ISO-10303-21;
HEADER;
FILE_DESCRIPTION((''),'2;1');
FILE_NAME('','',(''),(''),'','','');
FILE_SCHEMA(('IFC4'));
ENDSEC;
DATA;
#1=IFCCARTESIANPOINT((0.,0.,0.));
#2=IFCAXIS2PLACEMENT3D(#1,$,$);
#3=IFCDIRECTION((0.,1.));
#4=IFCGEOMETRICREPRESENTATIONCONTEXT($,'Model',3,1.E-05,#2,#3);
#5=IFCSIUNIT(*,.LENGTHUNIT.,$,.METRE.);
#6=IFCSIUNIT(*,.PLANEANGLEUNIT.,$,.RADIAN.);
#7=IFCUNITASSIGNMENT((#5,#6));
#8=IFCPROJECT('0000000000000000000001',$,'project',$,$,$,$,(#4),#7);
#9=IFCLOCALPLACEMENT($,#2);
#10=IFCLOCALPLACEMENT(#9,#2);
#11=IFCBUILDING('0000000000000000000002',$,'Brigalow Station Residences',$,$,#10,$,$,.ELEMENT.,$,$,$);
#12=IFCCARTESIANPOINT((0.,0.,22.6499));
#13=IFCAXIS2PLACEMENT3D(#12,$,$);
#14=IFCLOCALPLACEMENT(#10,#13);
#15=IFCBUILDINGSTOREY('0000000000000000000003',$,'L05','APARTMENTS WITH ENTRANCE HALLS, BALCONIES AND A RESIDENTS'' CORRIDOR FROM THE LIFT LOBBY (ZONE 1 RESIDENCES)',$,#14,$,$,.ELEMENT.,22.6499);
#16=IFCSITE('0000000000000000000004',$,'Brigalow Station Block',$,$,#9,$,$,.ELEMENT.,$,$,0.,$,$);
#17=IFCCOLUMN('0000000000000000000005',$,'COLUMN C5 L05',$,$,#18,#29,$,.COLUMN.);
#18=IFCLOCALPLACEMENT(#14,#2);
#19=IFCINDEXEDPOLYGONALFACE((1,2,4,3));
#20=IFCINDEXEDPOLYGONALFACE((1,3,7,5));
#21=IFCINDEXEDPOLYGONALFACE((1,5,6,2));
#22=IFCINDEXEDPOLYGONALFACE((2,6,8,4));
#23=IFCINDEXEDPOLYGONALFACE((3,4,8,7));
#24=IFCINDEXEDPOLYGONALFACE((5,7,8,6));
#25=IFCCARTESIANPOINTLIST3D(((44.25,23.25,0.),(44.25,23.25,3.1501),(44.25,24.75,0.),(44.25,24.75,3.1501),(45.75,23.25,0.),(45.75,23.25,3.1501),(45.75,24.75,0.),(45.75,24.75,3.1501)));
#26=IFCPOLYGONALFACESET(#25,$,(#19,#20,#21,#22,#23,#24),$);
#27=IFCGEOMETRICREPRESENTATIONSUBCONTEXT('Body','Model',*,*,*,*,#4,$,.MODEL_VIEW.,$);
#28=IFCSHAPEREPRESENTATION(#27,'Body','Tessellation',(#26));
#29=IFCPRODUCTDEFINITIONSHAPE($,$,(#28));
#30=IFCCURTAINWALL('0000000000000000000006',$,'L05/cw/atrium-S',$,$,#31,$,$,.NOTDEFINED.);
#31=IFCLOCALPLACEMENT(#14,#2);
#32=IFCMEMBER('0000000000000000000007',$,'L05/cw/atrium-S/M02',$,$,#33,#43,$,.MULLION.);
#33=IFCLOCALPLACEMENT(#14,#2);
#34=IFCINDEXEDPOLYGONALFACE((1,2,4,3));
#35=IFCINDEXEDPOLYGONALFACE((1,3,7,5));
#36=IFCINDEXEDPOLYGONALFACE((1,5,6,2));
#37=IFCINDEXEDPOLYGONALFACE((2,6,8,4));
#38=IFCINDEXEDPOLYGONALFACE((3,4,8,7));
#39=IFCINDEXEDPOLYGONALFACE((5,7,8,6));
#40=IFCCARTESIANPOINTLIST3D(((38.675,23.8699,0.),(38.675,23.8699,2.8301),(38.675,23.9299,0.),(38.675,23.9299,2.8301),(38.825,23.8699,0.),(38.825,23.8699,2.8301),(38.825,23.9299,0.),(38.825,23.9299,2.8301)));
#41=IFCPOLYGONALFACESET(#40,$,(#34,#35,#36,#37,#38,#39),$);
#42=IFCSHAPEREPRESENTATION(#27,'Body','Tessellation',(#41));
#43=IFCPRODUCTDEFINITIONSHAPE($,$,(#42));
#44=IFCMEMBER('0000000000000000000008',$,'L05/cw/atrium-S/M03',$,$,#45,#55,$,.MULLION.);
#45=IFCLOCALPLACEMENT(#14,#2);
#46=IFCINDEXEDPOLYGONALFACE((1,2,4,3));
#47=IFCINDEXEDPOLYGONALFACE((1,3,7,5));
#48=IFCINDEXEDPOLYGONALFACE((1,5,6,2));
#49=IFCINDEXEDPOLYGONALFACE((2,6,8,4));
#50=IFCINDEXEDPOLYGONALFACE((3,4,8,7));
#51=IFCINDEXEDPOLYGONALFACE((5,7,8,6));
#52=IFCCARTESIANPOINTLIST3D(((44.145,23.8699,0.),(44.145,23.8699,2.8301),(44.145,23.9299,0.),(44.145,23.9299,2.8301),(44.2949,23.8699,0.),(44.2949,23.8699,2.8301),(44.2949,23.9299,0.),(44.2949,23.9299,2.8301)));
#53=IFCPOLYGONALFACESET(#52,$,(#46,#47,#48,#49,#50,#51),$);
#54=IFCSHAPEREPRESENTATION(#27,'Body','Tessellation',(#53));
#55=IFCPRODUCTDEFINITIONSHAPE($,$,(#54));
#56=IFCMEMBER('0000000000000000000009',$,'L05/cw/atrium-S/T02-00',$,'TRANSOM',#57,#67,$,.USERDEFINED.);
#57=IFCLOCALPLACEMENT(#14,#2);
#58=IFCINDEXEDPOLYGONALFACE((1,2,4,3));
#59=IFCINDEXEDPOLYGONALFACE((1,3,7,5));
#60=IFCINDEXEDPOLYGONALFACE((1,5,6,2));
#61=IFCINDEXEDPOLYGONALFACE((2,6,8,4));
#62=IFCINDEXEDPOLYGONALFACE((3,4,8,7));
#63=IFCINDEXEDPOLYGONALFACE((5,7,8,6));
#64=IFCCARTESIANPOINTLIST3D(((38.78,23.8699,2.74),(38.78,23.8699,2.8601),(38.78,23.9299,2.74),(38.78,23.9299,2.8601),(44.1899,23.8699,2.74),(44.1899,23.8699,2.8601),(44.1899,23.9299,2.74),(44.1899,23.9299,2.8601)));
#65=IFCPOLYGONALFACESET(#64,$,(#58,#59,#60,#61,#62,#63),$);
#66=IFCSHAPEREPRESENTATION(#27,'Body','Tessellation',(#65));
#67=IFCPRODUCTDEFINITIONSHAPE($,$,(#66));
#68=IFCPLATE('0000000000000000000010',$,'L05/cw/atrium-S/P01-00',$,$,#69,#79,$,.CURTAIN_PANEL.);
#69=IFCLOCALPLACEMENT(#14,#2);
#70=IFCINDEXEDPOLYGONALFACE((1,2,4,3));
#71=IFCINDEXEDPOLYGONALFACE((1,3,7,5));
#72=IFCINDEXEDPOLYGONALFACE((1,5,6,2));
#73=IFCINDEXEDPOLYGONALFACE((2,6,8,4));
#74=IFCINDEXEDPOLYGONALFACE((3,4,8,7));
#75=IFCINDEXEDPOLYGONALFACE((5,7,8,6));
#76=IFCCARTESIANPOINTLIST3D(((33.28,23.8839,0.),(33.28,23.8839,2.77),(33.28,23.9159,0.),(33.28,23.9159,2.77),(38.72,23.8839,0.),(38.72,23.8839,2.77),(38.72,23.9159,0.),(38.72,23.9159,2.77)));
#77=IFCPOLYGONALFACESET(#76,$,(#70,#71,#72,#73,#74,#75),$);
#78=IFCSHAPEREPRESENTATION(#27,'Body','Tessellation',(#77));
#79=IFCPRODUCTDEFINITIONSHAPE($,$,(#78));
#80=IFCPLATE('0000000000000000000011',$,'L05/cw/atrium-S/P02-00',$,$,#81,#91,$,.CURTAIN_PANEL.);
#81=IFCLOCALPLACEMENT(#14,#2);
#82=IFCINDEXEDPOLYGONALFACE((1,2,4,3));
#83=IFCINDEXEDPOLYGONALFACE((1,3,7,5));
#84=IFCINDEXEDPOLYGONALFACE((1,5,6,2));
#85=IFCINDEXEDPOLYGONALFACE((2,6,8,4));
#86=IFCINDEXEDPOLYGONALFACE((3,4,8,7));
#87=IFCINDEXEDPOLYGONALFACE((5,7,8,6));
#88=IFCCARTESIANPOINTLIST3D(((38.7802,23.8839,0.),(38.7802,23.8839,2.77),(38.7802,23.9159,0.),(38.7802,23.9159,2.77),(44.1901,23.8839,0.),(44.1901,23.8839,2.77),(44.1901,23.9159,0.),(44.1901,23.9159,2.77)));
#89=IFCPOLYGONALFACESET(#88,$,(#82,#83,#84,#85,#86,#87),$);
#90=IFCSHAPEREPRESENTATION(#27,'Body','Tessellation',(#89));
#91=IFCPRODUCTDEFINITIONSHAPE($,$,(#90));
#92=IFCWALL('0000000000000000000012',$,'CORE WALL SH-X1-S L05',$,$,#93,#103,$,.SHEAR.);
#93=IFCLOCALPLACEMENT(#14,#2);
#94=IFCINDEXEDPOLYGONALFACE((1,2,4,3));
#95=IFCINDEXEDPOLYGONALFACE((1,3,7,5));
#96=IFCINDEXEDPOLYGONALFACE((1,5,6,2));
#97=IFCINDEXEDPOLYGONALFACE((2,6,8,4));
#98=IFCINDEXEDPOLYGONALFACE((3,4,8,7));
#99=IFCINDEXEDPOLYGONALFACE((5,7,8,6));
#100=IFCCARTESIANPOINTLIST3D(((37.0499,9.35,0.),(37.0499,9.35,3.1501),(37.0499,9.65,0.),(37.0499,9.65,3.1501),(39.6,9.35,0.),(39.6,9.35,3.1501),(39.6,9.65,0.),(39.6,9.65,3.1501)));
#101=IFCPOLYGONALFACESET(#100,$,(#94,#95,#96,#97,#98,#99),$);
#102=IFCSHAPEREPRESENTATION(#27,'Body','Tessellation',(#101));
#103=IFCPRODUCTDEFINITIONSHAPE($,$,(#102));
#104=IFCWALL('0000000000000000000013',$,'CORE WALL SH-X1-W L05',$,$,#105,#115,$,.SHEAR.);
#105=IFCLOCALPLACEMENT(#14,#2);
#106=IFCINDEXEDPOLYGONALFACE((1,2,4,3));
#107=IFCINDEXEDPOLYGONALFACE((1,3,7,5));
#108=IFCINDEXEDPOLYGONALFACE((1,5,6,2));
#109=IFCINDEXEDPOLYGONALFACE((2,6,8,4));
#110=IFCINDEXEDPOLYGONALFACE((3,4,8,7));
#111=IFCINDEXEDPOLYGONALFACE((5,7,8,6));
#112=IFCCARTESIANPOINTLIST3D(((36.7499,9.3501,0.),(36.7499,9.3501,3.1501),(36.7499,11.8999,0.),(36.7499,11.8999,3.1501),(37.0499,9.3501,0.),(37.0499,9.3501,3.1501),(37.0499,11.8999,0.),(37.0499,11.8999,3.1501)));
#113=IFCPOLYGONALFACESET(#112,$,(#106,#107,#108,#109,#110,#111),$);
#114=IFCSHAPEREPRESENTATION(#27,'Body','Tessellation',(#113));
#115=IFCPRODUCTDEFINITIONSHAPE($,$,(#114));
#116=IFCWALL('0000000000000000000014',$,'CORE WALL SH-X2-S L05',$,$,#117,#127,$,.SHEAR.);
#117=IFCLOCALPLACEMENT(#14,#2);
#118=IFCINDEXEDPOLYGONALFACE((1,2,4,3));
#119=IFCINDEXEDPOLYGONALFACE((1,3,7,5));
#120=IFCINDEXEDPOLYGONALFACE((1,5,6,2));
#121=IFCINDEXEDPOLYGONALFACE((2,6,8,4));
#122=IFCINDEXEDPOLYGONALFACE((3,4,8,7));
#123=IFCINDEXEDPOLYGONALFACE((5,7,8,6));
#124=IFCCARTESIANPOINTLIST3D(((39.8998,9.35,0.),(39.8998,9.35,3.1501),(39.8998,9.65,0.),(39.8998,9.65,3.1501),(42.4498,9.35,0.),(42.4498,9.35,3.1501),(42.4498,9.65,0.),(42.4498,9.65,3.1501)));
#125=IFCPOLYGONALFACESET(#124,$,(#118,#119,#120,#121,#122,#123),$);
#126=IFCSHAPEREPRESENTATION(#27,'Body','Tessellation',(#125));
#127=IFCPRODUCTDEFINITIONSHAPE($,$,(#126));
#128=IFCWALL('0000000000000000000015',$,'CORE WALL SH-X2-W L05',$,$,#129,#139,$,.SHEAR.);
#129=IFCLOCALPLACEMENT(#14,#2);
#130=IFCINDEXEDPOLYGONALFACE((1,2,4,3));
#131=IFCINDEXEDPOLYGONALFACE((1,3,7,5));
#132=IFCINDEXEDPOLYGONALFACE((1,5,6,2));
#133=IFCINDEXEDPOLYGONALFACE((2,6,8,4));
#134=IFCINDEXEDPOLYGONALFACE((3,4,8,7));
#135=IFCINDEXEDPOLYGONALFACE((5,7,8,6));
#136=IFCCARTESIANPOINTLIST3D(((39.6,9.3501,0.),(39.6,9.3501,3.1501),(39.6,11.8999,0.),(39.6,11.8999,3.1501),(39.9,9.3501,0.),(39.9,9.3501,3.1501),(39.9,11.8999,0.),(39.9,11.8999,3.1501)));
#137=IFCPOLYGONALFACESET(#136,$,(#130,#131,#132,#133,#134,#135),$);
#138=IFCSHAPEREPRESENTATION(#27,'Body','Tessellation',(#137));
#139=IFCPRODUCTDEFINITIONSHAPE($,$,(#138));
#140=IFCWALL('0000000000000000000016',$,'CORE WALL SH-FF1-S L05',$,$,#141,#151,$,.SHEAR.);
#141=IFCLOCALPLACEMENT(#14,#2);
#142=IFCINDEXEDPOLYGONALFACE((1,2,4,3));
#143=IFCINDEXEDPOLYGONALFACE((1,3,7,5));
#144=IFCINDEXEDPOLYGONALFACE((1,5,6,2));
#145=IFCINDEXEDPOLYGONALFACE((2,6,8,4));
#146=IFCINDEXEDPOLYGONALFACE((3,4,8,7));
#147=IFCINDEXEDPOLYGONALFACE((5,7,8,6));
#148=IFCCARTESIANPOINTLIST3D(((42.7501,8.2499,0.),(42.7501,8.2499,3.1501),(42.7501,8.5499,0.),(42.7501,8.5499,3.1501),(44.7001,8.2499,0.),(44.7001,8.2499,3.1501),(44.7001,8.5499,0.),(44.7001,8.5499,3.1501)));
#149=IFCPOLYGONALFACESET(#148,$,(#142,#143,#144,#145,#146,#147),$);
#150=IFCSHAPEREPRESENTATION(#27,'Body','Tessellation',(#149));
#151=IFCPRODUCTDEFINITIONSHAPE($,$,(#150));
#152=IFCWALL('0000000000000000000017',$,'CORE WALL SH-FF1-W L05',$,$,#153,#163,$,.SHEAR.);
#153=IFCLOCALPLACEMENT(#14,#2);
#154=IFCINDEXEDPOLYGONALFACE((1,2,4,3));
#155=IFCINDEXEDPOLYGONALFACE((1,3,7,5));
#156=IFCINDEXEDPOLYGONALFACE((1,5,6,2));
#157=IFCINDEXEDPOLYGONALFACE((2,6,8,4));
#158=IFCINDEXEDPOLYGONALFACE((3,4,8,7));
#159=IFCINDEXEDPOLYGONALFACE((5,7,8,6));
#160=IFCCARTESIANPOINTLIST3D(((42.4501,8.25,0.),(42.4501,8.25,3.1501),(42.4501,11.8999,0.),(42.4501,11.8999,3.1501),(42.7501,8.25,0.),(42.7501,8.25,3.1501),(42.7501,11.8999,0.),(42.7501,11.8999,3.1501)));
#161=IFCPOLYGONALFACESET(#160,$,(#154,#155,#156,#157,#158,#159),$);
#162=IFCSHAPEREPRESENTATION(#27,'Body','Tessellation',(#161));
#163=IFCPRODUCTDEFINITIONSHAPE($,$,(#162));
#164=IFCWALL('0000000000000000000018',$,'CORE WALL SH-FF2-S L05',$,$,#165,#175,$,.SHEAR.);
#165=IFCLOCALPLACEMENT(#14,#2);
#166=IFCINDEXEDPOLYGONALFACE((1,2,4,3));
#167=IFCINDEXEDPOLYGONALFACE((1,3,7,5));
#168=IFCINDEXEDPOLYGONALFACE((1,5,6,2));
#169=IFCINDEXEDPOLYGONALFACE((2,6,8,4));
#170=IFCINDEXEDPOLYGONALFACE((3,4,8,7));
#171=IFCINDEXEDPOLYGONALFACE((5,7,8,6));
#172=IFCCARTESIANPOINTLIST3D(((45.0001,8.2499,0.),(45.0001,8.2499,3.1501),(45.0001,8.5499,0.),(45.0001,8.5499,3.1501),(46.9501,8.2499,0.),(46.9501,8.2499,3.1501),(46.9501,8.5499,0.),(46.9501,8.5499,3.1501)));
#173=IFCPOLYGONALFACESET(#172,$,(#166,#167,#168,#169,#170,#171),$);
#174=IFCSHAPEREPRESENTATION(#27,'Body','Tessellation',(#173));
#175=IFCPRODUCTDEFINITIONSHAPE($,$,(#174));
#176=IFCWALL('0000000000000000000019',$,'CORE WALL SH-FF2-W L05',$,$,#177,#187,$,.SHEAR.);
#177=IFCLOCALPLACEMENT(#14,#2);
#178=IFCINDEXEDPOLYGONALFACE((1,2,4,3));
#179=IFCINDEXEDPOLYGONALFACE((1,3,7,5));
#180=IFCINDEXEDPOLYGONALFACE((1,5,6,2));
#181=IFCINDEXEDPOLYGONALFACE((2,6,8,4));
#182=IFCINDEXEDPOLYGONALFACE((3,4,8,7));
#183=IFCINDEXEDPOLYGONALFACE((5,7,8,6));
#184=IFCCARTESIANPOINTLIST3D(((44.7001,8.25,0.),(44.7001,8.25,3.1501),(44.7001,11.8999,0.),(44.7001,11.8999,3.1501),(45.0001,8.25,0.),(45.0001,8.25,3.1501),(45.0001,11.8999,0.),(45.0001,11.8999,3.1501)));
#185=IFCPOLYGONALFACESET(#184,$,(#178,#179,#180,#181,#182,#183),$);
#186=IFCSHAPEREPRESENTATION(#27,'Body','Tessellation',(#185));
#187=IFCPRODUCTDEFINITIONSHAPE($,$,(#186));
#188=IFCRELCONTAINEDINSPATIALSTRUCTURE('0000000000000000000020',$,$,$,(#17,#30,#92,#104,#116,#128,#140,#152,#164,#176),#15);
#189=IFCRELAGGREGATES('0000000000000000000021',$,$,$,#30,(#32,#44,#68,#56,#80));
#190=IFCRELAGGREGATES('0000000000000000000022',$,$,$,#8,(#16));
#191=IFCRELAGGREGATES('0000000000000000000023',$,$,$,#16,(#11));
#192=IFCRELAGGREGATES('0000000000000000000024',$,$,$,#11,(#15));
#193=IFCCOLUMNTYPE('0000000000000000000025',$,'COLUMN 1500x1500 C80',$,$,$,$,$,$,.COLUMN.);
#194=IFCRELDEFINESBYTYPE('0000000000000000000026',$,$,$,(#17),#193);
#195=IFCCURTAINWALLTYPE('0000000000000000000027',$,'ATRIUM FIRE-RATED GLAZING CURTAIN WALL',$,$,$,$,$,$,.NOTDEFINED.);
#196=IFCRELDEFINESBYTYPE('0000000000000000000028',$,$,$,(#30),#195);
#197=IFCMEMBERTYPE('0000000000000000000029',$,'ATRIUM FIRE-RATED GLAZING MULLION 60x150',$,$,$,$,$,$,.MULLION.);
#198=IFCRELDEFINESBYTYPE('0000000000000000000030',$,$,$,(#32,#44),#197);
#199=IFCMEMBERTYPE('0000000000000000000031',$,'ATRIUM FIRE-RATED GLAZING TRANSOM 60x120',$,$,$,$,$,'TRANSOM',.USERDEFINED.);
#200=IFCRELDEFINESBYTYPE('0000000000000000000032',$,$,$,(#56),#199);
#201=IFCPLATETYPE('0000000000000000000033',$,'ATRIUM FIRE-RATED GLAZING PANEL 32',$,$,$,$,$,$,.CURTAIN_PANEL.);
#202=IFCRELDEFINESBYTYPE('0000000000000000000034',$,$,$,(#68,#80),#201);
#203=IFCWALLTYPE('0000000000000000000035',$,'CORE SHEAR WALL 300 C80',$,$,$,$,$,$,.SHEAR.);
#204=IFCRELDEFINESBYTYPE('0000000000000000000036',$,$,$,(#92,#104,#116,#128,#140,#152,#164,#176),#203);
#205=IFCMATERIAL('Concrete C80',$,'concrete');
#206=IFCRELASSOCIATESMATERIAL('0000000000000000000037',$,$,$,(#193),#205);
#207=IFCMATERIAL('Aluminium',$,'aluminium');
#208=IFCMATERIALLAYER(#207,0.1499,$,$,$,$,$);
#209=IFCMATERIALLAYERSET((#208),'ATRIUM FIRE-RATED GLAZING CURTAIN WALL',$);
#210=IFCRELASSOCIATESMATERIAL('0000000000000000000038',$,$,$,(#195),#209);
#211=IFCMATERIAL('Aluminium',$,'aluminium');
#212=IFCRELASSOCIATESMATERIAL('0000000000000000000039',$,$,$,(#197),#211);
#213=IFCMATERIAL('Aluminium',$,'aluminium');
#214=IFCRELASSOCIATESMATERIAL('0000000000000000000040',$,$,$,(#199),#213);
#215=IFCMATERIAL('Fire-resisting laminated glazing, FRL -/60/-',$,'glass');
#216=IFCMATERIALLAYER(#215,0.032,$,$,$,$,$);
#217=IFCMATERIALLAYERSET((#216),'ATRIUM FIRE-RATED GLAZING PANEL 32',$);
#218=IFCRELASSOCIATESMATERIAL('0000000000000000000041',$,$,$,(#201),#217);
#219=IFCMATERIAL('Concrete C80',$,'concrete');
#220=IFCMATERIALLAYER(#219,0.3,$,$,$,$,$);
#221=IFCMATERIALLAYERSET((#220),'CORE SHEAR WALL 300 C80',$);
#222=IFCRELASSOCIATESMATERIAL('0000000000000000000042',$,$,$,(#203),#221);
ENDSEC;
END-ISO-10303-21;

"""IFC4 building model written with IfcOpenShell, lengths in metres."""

from ifc_helpers import new_model, si_unit, direction, frame, frame_2d, origin, origin_2d, place, context, subcontext, project, spatial, rectangle, extrude, material, layer, layer_set, material_profile, profile_set, type_object, element, aggregate, save


model = new_model("IFC4")

# Units and contexts
model_context = context("Model", 3, precision=1e-05, world=origin(), true_north=direction((0.0, 1.0)))
body_context = subcontext(model_context, "Body", "Model", "MODEL_VIEW")
ifc_project = project(units=[si_unit("LENGTHUNIT", "METRE"), si_unit("PLANEANGLEUNIT", "RADIAN")], contexts=[model_context])

# Site, building, storey
site_placement = place(None, origin())
site = spatial("IfcSite", under=ifc_project, at=site_placement, Name="Brigalow Station Block", CompositionType="ELEMENT", RefElevation=0.0)
building_placement = place(site_placement, origin())
building = spatial("IfcBuilding", under=site, at=building_placement, Name="Brigalow Station Residences", CompositionType="ELEMENT")
storey_placement = place(building_placement, frame((0.0, 0.0, 22.6499)))
storey = spatial("IfcBuildingStorey", under=building, at=storey_placement, Name="L05", Description="APARTMENTS WITH ENTRANCE HALLS, BALCONIES AND A RESIDENTS' CORRIDOR FROM THE LIFT LOBBY (ZONE 1 RESIDENCES)", CompositionType="ELEMENT", Elevation=22.6499)

# Column
ifc_material_1 = material(Name="Concrete C80", Category="concrete")
ifc_material_profile_1 = material_profile(ifc_material_1, rectangle(XDim=1.5, YDim=1.5, at=origin_2d()), Name="RC1500x1500")
ifc_profile_set_1 = profile_set([ifc_material_profile_1], Name="Concrete C80")
column_type = type_object("IfcColumnType", Name="COLUMN 1500x1500 C80", PredefinedType="COLUMN", material=ifc_profile_set_1)
column_placement = place(storey_placement, frame((45.0, 24.0, 0.0), z_axis=(0.0, 0.0, 1.0), x_axis=(1.0, 0.0, 0.0)))
element("IfcColumn", 1, at=column_placement, inside=storey, type_object=column_type, Name="COLUMN C5 L05", PredefinedType="COLUMN", context=body_context, shape_type="SweptSolid", body=[
    extrude(rectangle(XDim=1.5, YDim=1.5, at=origin_2d()), origin(), (0.0, 0.0, 1.0), 3.1501),
])

# Curtain wall, members, plates
ifc_material_2 = material(Name="Aluminium", Category="aluminium")
ifc_layer_1 = layer(ifc_material_2, 0.1499)
ifc_layer_set_1 = layer_set([ifc_layer_1], Name="ATRIUM FIRE-RATED GLAZING CURTAIN WALL")
curtain_wall_type = type_object("IfcCurtainWallType", Name="ATRIUM FIRE-RATED GLAZING CURTAIN WALL", PredefinedType="NOTDEFINED", material=ifc_layer_set_1)
curtain_wall_placement = place(storey_placement, origin())
curtain_wall = element("IfcCurtainWall", 2, at=curtain_wall_placement, inside=storey, type_object=curtain_wall_type, Name="L05/cw/atrium-S", PredefinedType="NOTDEFINED")
ifc_material_3 = material(Name="Aluminium", Category="aluminium")
ifc_material_profile_2 = material_profile(ifc_material_3, rectangle(XDim=0.0601, YDim=0.1499, at=origin_2d()), Name="ATRIUM FIRE-RATED GLAZING MULLION 60x150")
ifc_profile_set_2 = profile_set([ifc_material_profile_2], Name="Aluminium")
member_type_1 = type_object("IfcMemberType", Name="ATRIUM FIRE-RATED GLAZING MULLION 60x150", PredefinedType="MULLION", material=ifc_profile_set_2)
member_1_placement = place(storey_placement, frame((38.75, 23.8999, 0.0), z_axis=(0.0, 0.0, 1.0), x_axis=(0.0, 1.0, 0.0)))
member_1 = element("IfcMember", 3, at=member_1_placement, type_object=member_type_1, Name="L05/cw/atrium-S/M02", PredefinedType="MULLION", context=body_context, shape_type="SweptSolid", body=[
    extrude(rectangle(XDim=0.0601, YDim=0.1499, at=origin_2d()), origin(), (0.0, 0.0, 1.0), 2.8301),
])
member_2_placement = place(storey_placement, frame((44.22, 23.8999, 0.0), z_axis=(0.0, 0.0, 1.0), x_axis=(0.0, 1.0, 0.0)))
member_2 = element("IfcMember", 4, at=member_2_placement, type_object=member_type_1, Name="L05/cw/atrium-S/M03", PredefinedType="MULLION", context=body_context, shape_type="SweptSolid", body=[
    extrude(rectangle(XDim=0.0601, YDim=0.1499, at=origin_2d()), origin(), (0.0, 0.0, 1.0), 2.8301),
])
ifc_material_4 = material(Name="Aluminium", Category="aluminium")
ifc_material_profile_3 = material_profile(ifc_material_4, rectangle(XDim=0.0601, YDim=0.1201, at=origin_2d()), Name="ATRIUM FIRE-RATED GLAZING TRANSOM 60x120")
ifc_profile_set_3 = profile_set([ifc_material_profile_3], Name="Aluminium")
member_type_2 = type_object("IfcMemberType", Name="ATRIUM FIRE-RATED GLAZING TRANSOM 60x120", ElementType="TRANSOM", PredefinedType="USERDEFINED", material=ifc_profile_set_3)
member_3_placement = place(storey_placement, frame((38.78, 23.8999, 2.8), z_axis=(1.0, 0.0, 0.0), x_axis=(0.0, 1.0, 0.0)))
member_3 = element("IfcMember", 5, at=member_3_placement, type_object=member_type_2, Name="L05/cw/atrium-S/T02-00", ObjectType="TRANSOM", PredefinedType="USERDEFINED", context=body_context, shape_type="SweptSolid", body=[
    extrude(rectangle(XDim=0.0601, YDim=0.1201, at=origin_2d()), origin(), (0.0, 0.0, 1.0), 5.4099),
])
ifc_material_5 = material(Name="Fire-resisting laminated glazing, FRL -/60/-", Category="glass")
ifc_layer_2 = layer(ifc_material_5, 0.032)
ifc_layer_set_2 = layer_set([ifc_layer_2], Name="ATRIUM FIRE-RATED GLAZING PANEL 32")
plate_type = type_object("IfcPlateType", Name="ATRIUM FIRE-RATED GLAZING PANEL 32", PredefinedType="CURTAIN_PANEL", material=ifc_layer_set_2)
plate_1_placement = place(storey_placement, frame((36.0, 23.8999, 0.0), z_axis=(0.0, 0.0, 1.0), x_axis=(1.0, 0.0, 0.0)))
plate_1 = element("IfcPlate", 6, at=plate_1_placement, type_object=plate_type, Name="L05/cw/atrium-S/P01-00", PredefinedType="CURTAIN_PANEL", context=body_context, shape_type="SweptSolid", body=[
    extrude(rectangle(XDim=5.4399, YDim=0.032, at=origin_2d()), origin(), (0.0, 0.0, 1.0), 2.77),
])
plate_2_placement = place(storey_placement, frame((41.4851, 23.8999, 0.0), z_axis=(0.0, 0.0, 1.0), x_axis=(1.0, 0.0, 0.0)))
plate_2 = element("IfcPlate", 7, at=plate_2_placement, type_object=plate_type, Name="L05/cw/atrium-S/P02-00", PredefinedType="CURTAIN_PANEL", context=body_context, shape_type="SweptSolid", body=[
    extrude(rectangle(XDim=5.4099, YDim=0.032, at=origin_2d()), origin(), (0.0, 0.0, 1.0), 2.77),
])
aggregate(curtain_wall, [member_1, member_2, plate_1, member_3, plate_2])

# Walls
ifc_material_6 = material(Name="Concrete C80", Category="concrete")
ifc_layer_3 = layer(ifc_material_6, 0.3)
ifc_layer_set_3 = layer_set([ifc_layer_3], Name="CORE SHEAR WALL 300 C80")
wall_type_1 = type_object("IfcWallType", Name="CORE SHEAR WALL 300 C80", PredefinedType="SHEAR", material=ifc_layer_set_3)
wall_1_placement = place(storey_placement, frame((37.05, 9.5, 0.0), z_axis=(0.0, 0.0, 1.0), x_axis=(1.0, 0.0, 0.0)))
element("IfcWall", 8, at=wall_1_placement, inside=storey, type_object=wall_type_1, Name="CORE WALL SH-X1-S L05", PredefinedType="SHEAR", context=body_context, shape_type="SweptSolid", body=[
    extrude(rectangle(XDim=2.55, YDim=0.3, at=frame_2d((1.2749, 0.0))), origin(), (0.0, 0.0, 1.0), 3.1501),
])
wall_2_placement = place(storey_placement, frame((36.8999, 9.3501, 0.0), z_axis=(0.0, 0.0, 1.0), x_axis=(0.0, 1.0, 0.0)))
element("IfcWall", 9, at=wall_2_placement, inside=storey, type_object=wall_type_1, Name="CORE WALL SH-X1-W L05", PredefinedType="SHEAR", context=body_context, shape_type="SweptSolid", body=[
    extrude(rectangle(XDim=2.5498, YDim=0.3, at=frame_2d((1.2749, 0.0))), origin(), (0.0, 0.0, 1.0), 3.1501),
])
wall_3_placement = place(storey_placement, frame((39.8999, 9.5, 0.0), z_axis=(0.0, 0.0, 1.0), x_axis=(1.0, 0.0, 0.0)))
element("IfcWall", 10, at=wall_3_placement, inside=storey, type_object=wall_type_1, Name="CORE WALL SH-X2-S L05", PredefinedType="SHEAR", context=body_context, shape_type="SweptSolid", body=[
    extrude(rectangle(XDim=2.55, YDim=0.3, at=frame_2d((1.2749, 0.0))), origin(), (0.0, 0.0, 1.0), 3.1501),
])
wall_4_placement = place(storey_placement, frame((39.75, 9.3501, 0.0), z_axis=(0.0, 0.0, 1.0), x_axis=(0.0, 1.0, 0.0)))
element("IfcWall", 11, at=wall_4_placement, inside=storey, type_object=wall_type_1, Name="CORE WALL SH-X2-W L05", PredefinedType="SHEAR", context=body_context, shape_type="SweptSolid", body=[
    extrude(rectangle(XDim=2.5498, YDim=0.3, at=frame_2d((1.2749, 0.0))), origin(), (0.0, 0.0, 1.0), 3.1501),
])
wall_5_placement = place(storey_placement, frame((42.75, 8.3999, 0.0), z_axis=(0.0, 0.0, 1.0), x_axis=(1.0, 0.0, 0.0)))
element("IfcWall", 12, at=wall_5_placement, inside=storey, type_object=wall_type_1, Name="CORE WALL SH-FF1-S L05", PredefinedType="SHEAR", context=body_context, shape_type="SweptSolid", body=[
    extrude(rectangle(XDim=1.95, YDim=0.3, at=frame_2d((0.9751, 0.0))), origin(), (0.0, 0.0, 1.0), 3.1501),
])
wall_6_placement = place(storey_placement, frame((42.6001, 8.25, 0.0), z_axis=(0.0, 0.0, 1.0), x_axis=(0.0, 1.0, 0.0)))
element("IfcWall", 13, at=wall_6_placement, inside=storey, type_object=wall_type_1, Name="CORE WALL SH-FF1-W L05", PredefinedType="SHEAR", context=body_context, shape_type="SweptSolid", body=[
    extrude(rectangle(XDim=3.6499, YDim=0.3, at=frame_2d((1.825, 0.0))), origin(), (0.0, 0.0, 1.0), 3.1501),
])
wall_7_placement = place(storey_placement, frame((45.0, 8.3999, 0.0), z_axis=(0.0, 0.0, 1.0), x_axis=(1.0, 0.0, 0.0)))
element("IfcWall", 14, at=wall_7_placement, inside=storey, type_object=wall_type_1, Name="CORE WALL SH-FF2-S L05", PredefinedType="SHEAR", context=body_context, shape_type="SweptSolid", body=[
    extrude(rectangle(XDim=1.95, YDim=0.3, at=frame_2d((0.9751, 0.0))), origin(), (0.0, 0.0, 1.0), 3.1501),
])
wall_8_placement = place(storey_placement, frame((44.8501, 8.25, 0.0), z_axis=(0.0, 0.0, 1.0), x_axis=(0.0, 1.0, 0.0)))
element("IfcWall", 15, at=wall_8_placement, inside=storey, type_object=wall_type_1, Name="CORE WALL SH-FF2-W L05", PredefinedType="SHEAR", context=body_context, shape_type="SweptSolid", body=[
    extrude(rectangle(XDim=3.6499, YDim=0.3, at=frame_2d((1.825, 0.0))), origin(), (0.0, 0.0, 1.0), 3.1501),
])

save(model, "model.ifc")
